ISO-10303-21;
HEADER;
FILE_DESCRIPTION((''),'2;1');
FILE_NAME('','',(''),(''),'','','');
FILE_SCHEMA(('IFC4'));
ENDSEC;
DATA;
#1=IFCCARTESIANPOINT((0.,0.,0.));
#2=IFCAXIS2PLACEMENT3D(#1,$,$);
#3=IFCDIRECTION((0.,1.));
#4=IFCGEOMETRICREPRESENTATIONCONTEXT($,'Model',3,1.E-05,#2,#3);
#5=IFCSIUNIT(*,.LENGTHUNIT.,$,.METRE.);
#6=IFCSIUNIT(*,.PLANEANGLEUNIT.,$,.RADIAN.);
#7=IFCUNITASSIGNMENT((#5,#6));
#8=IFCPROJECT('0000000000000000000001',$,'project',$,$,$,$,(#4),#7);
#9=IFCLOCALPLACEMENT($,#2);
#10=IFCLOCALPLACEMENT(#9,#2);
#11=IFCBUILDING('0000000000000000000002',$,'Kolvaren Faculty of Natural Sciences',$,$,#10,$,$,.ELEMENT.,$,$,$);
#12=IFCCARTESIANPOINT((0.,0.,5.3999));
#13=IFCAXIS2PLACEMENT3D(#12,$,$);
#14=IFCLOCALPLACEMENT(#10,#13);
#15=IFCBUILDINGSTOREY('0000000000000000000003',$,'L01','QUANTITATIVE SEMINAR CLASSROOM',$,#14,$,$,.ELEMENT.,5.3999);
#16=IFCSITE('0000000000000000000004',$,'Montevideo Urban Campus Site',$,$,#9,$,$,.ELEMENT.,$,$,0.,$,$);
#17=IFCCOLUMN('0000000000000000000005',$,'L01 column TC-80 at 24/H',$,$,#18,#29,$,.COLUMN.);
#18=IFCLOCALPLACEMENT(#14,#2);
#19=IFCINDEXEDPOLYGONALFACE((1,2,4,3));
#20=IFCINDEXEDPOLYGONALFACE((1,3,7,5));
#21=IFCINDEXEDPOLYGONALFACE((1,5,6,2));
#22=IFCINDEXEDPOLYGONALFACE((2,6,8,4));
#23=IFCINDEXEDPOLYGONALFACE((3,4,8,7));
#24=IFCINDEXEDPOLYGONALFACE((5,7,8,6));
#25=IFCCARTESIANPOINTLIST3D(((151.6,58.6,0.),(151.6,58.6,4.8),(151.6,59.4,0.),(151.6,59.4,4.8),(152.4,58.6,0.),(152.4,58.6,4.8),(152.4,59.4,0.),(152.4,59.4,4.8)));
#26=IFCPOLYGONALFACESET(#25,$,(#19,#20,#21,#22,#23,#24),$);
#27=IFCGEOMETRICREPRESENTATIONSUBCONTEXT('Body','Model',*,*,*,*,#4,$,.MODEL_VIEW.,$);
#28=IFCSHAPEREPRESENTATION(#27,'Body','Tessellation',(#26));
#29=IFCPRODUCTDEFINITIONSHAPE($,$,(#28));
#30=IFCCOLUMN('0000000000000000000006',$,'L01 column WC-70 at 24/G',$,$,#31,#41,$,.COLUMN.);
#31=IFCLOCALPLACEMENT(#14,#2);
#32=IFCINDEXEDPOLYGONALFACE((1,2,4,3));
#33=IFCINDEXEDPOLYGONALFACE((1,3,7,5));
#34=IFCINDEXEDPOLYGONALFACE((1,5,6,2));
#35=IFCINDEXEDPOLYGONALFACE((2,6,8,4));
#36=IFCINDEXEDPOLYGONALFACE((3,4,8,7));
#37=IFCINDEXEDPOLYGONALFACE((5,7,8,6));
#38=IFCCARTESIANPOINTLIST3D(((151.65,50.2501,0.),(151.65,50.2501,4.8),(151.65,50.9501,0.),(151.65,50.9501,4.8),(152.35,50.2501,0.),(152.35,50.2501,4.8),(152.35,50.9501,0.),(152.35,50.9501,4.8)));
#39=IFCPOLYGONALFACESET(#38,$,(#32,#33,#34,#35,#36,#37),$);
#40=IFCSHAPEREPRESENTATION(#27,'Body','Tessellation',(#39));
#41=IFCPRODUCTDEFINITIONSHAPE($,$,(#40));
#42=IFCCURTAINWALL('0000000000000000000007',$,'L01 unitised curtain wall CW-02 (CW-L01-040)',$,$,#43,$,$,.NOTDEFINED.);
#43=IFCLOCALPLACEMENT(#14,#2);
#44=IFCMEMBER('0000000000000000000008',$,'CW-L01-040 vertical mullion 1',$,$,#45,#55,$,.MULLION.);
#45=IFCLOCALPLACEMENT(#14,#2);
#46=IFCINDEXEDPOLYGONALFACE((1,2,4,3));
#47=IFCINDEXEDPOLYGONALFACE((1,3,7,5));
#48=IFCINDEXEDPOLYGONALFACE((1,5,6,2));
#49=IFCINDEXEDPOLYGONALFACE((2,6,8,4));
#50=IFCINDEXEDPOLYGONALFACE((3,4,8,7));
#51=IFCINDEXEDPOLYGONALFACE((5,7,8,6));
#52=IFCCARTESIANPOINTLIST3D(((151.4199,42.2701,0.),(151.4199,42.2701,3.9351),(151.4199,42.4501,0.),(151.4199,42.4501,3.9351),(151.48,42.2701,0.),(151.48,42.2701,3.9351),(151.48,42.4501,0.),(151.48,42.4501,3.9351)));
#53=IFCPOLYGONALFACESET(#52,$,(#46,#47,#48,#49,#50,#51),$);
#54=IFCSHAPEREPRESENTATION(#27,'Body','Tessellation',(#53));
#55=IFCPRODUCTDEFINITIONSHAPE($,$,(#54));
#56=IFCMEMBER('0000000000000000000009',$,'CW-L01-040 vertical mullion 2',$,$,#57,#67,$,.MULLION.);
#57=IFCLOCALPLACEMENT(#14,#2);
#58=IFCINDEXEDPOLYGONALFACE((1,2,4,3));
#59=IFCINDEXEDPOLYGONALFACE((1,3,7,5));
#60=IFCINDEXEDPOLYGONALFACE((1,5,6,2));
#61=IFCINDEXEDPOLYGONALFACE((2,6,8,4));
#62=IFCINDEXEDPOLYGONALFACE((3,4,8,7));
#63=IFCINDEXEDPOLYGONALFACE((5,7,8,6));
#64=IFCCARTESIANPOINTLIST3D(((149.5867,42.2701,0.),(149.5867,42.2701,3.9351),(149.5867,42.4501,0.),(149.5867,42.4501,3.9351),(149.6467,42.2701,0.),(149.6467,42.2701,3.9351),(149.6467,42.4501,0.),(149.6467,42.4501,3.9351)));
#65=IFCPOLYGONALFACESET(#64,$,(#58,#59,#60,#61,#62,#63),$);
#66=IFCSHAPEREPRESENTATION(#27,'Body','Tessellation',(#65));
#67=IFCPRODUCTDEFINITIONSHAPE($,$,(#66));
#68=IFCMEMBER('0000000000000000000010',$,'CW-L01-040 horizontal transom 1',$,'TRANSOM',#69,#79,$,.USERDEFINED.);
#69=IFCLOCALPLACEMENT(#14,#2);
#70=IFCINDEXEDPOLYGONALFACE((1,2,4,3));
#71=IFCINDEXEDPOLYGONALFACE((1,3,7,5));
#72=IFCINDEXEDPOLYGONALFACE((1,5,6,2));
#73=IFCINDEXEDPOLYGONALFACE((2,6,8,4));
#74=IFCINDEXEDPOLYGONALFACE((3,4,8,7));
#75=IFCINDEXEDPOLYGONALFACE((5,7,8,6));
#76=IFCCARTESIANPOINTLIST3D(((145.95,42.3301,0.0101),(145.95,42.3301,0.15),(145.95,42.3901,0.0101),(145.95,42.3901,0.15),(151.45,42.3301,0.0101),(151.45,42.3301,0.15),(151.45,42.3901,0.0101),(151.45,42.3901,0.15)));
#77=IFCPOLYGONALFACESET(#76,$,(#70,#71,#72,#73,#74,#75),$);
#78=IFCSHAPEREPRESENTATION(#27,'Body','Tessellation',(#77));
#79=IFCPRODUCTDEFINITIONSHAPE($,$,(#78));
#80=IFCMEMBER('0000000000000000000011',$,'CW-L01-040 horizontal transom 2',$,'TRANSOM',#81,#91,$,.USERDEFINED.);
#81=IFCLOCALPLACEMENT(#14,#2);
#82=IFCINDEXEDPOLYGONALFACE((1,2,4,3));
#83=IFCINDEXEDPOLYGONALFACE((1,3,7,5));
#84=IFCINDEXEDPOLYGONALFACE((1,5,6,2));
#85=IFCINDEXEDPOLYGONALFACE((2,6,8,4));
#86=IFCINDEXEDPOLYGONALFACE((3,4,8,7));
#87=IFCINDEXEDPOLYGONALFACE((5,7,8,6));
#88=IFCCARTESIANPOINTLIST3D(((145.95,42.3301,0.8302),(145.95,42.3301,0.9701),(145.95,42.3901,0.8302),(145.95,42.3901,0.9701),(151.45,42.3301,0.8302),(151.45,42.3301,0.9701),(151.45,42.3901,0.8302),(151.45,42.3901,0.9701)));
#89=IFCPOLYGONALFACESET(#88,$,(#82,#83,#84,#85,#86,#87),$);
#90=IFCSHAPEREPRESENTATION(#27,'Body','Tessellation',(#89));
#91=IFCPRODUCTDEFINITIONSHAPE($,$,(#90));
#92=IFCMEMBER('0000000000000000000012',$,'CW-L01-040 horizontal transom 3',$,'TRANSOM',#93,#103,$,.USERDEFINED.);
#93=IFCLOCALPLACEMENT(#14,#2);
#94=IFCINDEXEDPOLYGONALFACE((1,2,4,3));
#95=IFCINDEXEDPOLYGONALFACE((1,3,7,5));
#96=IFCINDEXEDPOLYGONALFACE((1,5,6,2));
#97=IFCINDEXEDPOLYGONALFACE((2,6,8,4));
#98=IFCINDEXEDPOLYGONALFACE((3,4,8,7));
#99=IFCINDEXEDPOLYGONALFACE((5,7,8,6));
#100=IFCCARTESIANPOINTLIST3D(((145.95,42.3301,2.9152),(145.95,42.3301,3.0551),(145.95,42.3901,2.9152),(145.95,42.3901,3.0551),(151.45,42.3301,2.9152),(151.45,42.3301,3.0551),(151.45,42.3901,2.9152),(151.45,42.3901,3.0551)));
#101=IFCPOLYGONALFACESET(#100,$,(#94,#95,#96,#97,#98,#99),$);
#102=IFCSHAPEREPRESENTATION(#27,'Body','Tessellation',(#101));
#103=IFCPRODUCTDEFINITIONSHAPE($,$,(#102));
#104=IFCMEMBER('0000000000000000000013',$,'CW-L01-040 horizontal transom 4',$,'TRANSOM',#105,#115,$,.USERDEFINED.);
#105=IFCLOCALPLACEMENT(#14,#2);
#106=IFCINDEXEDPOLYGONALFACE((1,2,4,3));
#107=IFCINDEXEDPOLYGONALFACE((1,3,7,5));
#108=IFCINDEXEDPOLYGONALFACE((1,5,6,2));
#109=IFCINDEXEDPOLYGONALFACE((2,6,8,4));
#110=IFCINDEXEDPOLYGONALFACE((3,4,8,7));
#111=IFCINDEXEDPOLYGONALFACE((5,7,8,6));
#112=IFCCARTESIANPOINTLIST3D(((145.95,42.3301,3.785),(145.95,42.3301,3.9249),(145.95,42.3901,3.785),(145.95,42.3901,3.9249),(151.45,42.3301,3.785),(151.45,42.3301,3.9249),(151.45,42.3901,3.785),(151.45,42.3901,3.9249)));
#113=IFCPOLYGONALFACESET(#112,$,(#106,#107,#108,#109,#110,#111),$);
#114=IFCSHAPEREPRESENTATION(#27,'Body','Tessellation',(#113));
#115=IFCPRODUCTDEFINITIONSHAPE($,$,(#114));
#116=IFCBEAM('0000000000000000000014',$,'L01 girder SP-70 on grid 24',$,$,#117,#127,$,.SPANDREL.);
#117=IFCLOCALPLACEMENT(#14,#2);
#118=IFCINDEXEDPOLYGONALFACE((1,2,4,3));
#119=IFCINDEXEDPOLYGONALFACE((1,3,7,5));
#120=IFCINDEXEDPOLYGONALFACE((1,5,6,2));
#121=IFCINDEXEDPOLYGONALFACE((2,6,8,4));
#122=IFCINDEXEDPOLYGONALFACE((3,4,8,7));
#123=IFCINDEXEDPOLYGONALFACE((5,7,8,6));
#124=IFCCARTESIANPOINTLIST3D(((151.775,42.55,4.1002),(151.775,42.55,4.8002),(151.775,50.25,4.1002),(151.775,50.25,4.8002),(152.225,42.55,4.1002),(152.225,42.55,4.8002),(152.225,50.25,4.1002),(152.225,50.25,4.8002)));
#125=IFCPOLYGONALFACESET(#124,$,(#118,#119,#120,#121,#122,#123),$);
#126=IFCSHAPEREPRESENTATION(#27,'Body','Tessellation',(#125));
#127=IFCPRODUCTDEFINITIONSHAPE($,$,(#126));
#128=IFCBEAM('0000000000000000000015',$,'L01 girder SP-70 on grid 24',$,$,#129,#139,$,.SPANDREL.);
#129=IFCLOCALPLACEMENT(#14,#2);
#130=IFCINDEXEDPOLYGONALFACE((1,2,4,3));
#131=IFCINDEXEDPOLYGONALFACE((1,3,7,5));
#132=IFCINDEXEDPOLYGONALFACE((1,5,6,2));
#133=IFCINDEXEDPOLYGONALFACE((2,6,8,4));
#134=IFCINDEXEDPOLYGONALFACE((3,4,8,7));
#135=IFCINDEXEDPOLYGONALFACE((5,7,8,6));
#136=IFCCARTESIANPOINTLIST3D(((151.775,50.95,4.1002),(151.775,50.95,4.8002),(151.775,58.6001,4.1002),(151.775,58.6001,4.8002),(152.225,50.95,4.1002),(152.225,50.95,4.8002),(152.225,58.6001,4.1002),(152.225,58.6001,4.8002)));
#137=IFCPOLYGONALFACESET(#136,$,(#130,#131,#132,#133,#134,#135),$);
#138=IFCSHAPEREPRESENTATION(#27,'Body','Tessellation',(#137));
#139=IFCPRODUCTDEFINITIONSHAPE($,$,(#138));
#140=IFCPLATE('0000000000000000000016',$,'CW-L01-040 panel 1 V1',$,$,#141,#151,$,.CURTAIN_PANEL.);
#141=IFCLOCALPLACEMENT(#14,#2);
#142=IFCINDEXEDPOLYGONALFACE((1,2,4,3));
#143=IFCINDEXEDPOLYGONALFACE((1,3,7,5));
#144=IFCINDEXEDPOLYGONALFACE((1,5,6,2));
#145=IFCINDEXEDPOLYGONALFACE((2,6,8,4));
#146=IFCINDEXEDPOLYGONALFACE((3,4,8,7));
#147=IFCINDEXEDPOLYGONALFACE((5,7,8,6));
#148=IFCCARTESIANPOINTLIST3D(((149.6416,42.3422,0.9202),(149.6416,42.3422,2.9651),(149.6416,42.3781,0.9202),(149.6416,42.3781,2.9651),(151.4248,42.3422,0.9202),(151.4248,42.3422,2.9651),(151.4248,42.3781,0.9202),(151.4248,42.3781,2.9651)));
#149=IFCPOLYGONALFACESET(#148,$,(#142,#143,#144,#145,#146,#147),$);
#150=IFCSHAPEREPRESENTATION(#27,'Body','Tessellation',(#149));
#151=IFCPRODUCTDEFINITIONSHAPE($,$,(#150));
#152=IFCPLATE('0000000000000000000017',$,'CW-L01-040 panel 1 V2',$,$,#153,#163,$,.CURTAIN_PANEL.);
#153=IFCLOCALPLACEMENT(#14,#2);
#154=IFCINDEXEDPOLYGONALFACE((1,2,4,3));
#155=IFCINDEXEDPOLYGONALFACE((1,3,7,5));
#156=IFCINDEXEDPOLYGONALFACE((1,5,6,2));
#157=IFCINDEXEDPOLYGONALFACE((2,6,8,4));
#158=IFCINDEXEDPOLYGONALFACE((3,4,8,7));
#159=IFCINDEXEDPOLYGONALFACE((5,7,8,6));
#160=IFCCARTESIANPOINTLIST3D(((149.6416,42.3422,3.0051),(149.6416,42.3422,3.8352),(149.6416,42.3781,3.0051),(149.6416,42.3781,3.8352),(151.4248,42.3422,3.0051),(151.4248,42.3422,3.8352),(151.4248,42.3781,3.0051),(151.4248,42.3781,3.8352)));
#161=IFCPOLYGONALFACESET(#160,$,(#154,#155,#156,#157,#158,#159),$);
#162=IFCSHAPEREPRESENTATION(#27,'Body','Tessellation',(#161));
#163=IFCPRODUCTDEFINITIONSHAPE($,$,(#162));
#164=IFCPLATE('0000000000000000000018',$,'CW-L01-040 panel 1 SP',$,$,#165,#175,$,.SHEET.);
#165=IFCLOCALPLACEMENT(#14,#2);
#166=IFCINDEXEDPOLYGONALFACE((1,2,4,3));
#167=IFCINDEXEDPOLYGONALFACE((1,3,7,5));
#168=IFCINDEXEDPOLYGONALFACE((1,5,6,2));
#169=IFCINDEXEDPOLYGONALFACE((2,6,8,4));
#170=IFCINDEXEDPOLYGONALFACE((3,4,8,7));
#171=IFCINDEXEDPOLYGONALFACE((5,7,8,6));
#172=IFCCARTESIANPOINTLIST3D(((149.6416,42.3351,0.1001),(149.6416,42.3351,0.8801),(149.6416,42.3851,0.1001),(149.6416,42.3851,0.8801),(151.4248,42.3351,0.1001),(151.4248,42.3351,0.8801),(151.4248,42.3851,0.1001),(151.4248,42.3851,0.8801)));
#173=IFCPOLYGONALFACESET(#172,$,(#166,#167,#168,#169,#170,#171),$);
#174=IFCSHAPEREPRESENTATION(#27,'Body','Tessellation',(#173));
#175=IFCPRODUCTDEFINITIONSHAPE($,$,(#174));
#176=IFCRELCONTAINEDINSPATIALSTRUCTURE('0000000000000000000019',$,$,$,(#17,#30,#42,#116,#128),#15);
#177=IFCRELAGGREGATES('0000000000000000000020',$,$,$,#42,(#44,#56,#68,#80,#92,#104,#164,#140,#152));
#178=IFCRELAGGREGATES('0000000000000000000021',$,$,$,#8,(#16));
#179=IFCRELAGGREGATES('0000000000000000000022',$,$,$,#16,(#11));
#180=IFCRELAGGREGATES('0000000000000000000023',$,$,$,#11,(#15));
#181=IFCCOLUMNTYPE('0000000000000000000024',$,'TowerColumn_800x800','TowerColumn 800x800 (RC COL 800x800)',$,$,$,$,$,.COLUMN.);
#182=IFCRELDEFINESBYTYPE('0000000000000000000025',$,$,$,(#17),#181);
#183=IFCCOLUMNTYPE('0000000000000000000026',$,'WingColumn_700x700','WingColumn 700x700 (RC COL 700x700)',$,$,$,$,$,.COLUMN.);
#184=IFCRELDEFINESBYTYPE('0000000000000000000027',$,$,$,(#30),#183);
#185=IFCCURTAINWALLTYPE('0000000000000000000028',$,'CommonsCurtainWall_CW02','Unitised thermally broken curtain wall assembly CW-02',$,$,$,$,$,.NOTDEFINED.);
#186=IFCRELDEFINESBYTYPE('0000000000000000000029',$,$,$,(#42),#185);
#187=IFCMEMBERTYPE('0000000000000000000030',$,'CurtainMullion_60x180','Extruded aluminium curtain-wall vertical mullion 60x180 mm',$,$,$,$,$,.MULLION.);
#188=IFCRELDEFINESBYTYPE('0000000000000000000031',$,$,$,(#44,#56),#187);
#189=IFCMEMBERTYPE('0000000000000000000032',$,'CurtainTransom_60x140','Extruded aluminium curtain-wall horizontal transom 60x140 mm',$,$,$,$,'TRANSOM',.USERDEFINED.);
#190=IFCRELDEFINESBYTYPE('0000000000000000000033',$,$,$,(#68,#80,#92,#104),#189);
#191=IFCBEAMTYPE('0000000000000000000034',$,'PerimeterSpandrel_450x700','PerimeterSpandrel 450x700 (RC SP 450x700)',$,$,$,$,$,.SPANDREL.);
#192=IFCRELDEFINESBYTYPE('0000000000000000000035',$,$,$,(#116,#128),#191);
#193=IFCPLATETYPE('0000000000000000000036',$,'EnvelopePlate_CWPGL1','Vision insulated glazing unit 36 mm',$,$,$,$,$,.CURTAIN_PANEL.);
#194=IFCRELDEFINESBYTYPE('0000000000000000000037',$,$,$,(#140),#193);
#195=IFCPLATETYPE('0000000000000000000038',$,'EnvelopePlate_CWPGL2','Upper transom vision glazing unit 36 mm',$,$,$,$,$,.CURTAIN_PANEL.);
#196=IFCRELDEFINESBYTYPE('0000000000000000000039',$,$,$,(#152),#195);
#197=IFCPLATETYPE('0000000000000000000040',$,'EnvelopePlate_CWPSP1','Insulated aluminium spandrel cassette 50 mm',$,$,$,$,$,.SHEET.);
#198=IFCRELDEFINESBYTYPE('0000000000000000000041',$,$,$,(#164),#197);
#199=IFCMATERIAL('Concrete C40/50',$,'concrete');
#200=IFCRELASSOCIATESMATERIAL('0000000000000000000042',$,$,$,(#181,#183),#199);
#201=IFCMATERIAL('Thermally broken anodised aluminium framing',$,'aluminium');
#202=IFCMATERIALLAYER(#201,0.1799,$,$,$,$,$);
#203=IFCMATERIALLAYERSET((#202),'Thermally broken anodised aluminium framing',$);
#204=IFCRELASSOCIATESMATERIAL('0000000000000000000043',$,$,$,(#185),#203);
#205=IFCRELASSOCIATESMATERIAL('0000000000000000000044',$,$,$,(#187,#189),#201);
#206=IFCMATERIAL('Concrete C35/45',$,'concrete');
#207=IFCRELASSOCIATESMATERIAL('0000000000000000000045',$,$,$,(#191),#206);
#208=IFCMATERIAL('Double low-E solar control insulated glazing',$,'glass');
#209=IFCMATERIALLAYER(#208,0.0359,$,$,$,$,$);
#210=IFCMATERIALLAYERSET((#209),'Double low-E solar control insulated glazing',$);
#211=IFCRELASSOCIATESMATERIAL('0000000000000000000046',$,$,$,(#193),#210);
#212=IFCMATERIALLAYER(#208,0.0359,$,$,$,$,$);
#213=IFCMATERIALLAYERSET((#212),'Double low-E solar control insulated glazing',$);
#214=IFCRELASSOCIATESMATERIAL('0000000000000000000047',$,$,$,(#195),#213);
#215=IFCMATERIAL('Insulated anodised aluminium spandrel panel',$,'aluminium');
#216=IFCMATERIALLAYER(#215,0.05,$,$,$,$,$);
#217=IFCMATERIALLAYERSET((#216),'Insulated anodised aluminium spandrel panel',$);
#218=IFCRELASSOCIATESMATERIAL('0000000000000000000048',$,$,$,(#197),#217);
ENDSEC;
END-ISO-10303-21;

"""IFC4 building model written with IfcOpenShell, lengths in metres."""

from ifc_helpers import new_model, si_unit, direction, frame, origin, origin_2d, place, context, subcontext, project, spatial, rectangle, extrude, material, layer, layer_set, material_profile, profile_set, type_object, element, aggregate, save


model = new_model("IFC4")

# Units and contexts
model_context = context("Model", 3, precision=1e-05, world=origin(), true_north=direction((0.0, 1.0)))
body_context = subcontext(model_context, "Body", "Model", "MODEL_VIEW")
ifc_project = project(units=[si_unit("LENGTHUNIT", "METRE"), si_unit("PLANEANGLEUNIT", "RADIAN")], contexts=[model_context])

# Site, building, storey
site_placement = place(None, origin())
site = spatial("IfcSite", under=ifc_project, at=site_placement, Name="Montevideo Urban Campus Site", CompositionType="ELEMENT", RefElevation=0.0)
building_placement = place(site_placement, origin())
building = spatial("IfcBuilding", under=site, at=building_placement, Name="Kolvaren Faculty of Natural Sciences", CompositionType="ELEMENT")
storey_placement = place(building_placement, frame((0.0, 0.0, 5.3999)))
storey = spatial("IfcBuildingStorey", under=building, at=storey_placement, Name="L01", Description="QUANTITATIVE SEMINAR CLASSROOM", CompositionType="ELEMENT", Elevation=5.3999)

# Columns
ifc_material_1 = material(Name="Concrete C40/50", Category="concrete")
ifc_material_profile_1 = material_profile(ifc_material_1, rectangle(XDim=0.8, YDim=0.8, at=origin_2d()), Name="RC COL 800x800")
ifc_profile_set_1 = profile_set([ifc_material_profile_1], Name="Concrete C40/50")
column_type_1 = type_object("IfcColumnType", Name="TowerColumn_800x800", Description="TowerColumn 800x800 (RC COL 800x800)", PredefinedType="COLUMN", material=ifc_profile_set_1)
column_1_placement = place(storey_placement, frame((152.0, 59.0, 0.0), z_axis=(0.0, 0.0, 1.0), x_axis=(1.0, 0.0, 0.0)))
element("IfcColumn", 1, at=column_1_placement, inside=storey, type_object=column_type_1, Name="L01 column TC-80 at 24/H", PredefinedType="COLUMN", context=body_context, shape_type="SweptSolid", body=[
    extrude(rectangle(XDim=0.8, YDim=0.8, at=origin_2d()), origin(), (0.0, 0.0, 1.0), 4.8),
])
ifc_material_profile_2 = material_profile(ifc_material_1, rectangle(XDim=0.7, YDim=0.7, at=origin_2d()), Name="RC COL 700x700")
ifc_profile_set_2 = profile_set([ifc_material_profile_2], Name="Concrete C40/50")
column_type_2 = type_object("IfcColumnType", Name="WingColumn_700x700", Description="WingColumn 700x700 (RC COL 700x700)", PredefinedType="COLUMN", material=ifc_profile_set_2)
column_2_placement = place(storey_placement, frame((152.0, 50.6001, 0.0), z_axis=(0.0, 0.0, 1.0), x_axis=(1.0, 0.0, 0.0)))
element("IfcColumn", 2, at=column_2_placement, inside=storey, type_object=column_type_2, Name="L01 column WC-70 at 24/G", PredefinedType="COLUMN", context=body_context, shape_type="SweptSolid", body=[
    extrude(rectangle(XDim=0.7, YDim=0.7, at=origin_2d()), origin(), (0.0, 0.0, 1.0), 4.8),
])

# Curtain wall, members
ifc_material_2 = material(Name="Thermally broken anodised aluminium framing", Category="aluminium")
ifc_layer_1 = layer(ifc_material_2, 0.1799)
ifc_layer_set_1 = layer_set([ifc_layer_1], Name="Thermally broken anodised aluminium framing")
curtain_wall_type = type_object("IfcCurtainWallType", Name="CommonsCurtainWall_CW02", Description="Unitised thermally broken curtain wall assembly CW-02", PredefinedType="NOTDEFINED", material=ifc_layer_set_1)
curtain_wall_placement = place(storey_placement, origin())
curtain_wall = element("IfcCurtainWall", 3, at=curtain_wall_placement, inside=storey, type_object=curtain_wall_type, Name="L01 unitised curtain wall CW-02 (CW-L01-040)", PredefinedType="NOTDEFINED")
ifc_material_profile_3 = material_profile(ifc_material_2, rectangle(XDim=0.0601, YDim=0.1799, at=origin_2d()), Name="ALU MUL 60x180")
ifc_profile_set_3 = profile_set([ifc_material_profile_3], Name="Thermally broken anodised aluminium framing")
member_type_1 = type_object("IfcMemberType", Name="CurtainMullion_60x180", Description="Extruded aluminium curtain-wall vertical mullion 60x180 mm", PredefinedType="MULLION", material=ifc_profile_set_3)
member_1_placement = place(storey_placement, frame((151.45, 42.3601, 0.0), z_axis=(0.0, 0.0, 1.0), x_axis=(-1.0, 0.0, 0.0)))
member_1 = element("IfcMember", 4, at=member_1_placement, type_object=member_type_1, Name="CW-L01-040 vertical mullion 1", PredefinedType="MULLION", context=body_context, shape_type="SweptSolid", body=[
    extrude(rectangle(XDim=0.0601, YDim=0.1799, at=origin_2d()), origin(), (0.0, 0.0, 1.0), 3.9351),
])
member_2_placement = place(storey_placement, frame((149.6167, 42.3601, 0.0), z_axis=(0.0, 0.0, 1.0), x_axis=(-1.0, 0.0, 0.0)))
member_2 = element("IfcMember", 5, at=member_2_placement, type_object=member_type_1, Name="CW-L01-040 vertical mullion 2", PredefinedType="MULLION", context=body_context, shape_type="SweptSolid", body=[
    extrude(rectangle(XDim=0.0601, YDim=0.1799, at=origin_2d()), origin(), (0.0, 0.0, 1.0), 3.9351),
])
ifc_material_profile_4 = material_profile(ifc_material_2, rectangle(XDim=0.0601, YDim=0.1399, at=origin_2d()), Name="ALU TRN 60x140")
ifc_profile_set_4 = profile_set([ifc_material_profile_4], Name="Thermally broken anodised aluminium framing")
member_type_2 = type_object("IfcMemberType", Name="CurtainTransom_60x140", Description="Extruded aluminium curtain-wall horizontal transom 60x140 mm", ElementType="TRANSOM", PredefinedType="USERDEFINED", material=ifc_profile_set_4)
member_3_placement = place(storey_placement, frame((151.45, 42.3601, 0.0801), z_axis=(-1.0, 0.0, 0.0), x_axis=(0.0, -1.0, 0.0)))
member_3 = element("IfcMember", 6, at=member_3_placement, type_object=member_type_2, Name="CW-L01-040 horizontal transom 1", ObjectType="TRANSOM", PredefinedType="USERDEFINED", context=body_context, shape_type="SweptSolid", body=[
    extrude(rectangle(XDim=0.0601, YDim=0.1399, at=origin_2d()), origin(), (0.0, 0.0, 1.0), 5.5),
])
member_4_placement = place(storey_placement, frame((151.45, 42.3601, 0.9001), z_axis=(-1.0, 0.0, 0.0), x_axis=(0.0, -1.0, 0.0)))
member_4 = element("IfcMember", 7, at=member_4_placement, type_object=member_type_2, Name="CW-L01-040 horizontal transom 2", ObjectType="TRANSOM", PredefinedType="USERDEFINED", context=body_context, shape_type="SweptSolid", body=[
    extrude(rectangle(XDim=0.0601, YDim=0.1399, at=origin_2d()), origin(), (0.0, 0.0, 1.0), 5.5),
])
member_5_placement = place(storey_placement, frame((151.45, 42.3601, 2.9851), z_axis=(-1.0, 0.0, 0.0), x_axis=(0.0, -1.0, 0.0)))
member_5 = element("IfcMember", 8, at=member_5_placement, type_object=member_type_2, Name="CW-L01-040 horizontal transom 3", ObjectType="TRANSOM", PredefinedType="USERDEFINED", context=body_context, shape_type="SweptSolid", body=[
    extrude(rectangle(XDim=0.0601, YDim=0.1399, at=origin_2d()), origin(), (0.0, 0.0, 1.0), 5.5),
])
member_6_placement = place(storey_placement, frame((151.45, 42.3601, 3.855), z_axis=(-1.0, 0.0, 0.0), x_axis=(0.0, -1.0, 0.0)))
member_6 = element("IfcMember", 9, at=member_6_placement, type_object=member_type_2, Name="CW-L01-040 horizontal transom 4", ObjectType="TRANSOM", PredefinedType="USERDEFINED", context=body_context, shape_type="SweptSolid", body=[
    extrude(rectangle(XDim=0.0601, YDim=0.1399, at=origin_2d()), origin(), (0.0, 0.0, 1.0), 5.5),
])

# Beams
ifc_material_3 = material(Name="Concrete C35/45", Category="concrete")
ifc_material_profile_5 = material_profile(ifc_material_3, rectangle(XDim=0.45, YDim=0.7, at=origin_2d()), Name="RC SP 450x700")
ifc_profile_set_5 = profile_set([ifc_material_profile_5], Name="Concrete C35/45")
beam_type = type_object("IfcBeamType", Name="PerimeterSpandrel_450x700", Description="PerimeterSpandrel 450x700 (RC SP 450x700)", PredefinedType="SPANDREL", material=ifc_profile_set_5)
beam_1_placement = place(storey_placement, frame((152.0, 42.55, 4.4502), z_axis=(0.0, 1.0, 0.0), x_axis=(-1.0, 0.0, 0.0)))
element("IfcBeam", 10, at=beam_1_placement, inside=storey, type_object=beam_type, Name="L01 girder SP-70 on grid 24", PredefinedType="SPANDREL", context=body_context, shape_type="SweptSolid", body=[
    extrude(rectangle(XDim=0.45, YDim=0.7, at=origin_2d()), origin(), (0.0, 0.0, 1.0), 7.7),
])
beam_2_placement = place(storey_placement, frame((152.0, 50.95, 4.4502), z_axis=(0.0, 1.0, 0.0), x_axis=(-1.0, 0.0, 0.0)))
element("IfcBeam", 11, at=beam_2_placement, inside=storey, type_object=beam_type, Name="L01 girder SP-70 on grid 24", PredefinedType="SPANDREL", context=body_context, shape_type="SweptSolid", body=[
    extrude(rectangle(XDim=0.45, YDim=0.7, at=origin_2d()), origin(), (0.0, 0.0, 1.0), 7.6501),
])

# Plates
ifc_material_4 = material(Name="Double low-E solar control insulated glazing", Category="glass")
ifc_layer_2 = layer(ifc_material_4, 0.0359)
ifc_layer_set_2 = layer_set([ifc_layer_2], Name="Double low-E solar control insulated glazing")
plate_type_1 = type_object("IfcPlateType", Name="EnvelopePlate_CWPGL1", Description="Vision insulated glazing unit 36 mm", PredefinedType="CURTAIN_PANEL", material=ifc_layer_set_2)
plate_1_placement = place(storey_placement, frame((150.5332, 42.3601, 0.9202), z_axis=(0.0, 0.0, 1.0), x_axis=(-1.0, 0.0, 0.0)))
plate_1 = element("IfcPlate", 12, at=plate_1_placement, type_object=plate_type_1, Name="CW-L01-040 panel 1 V1", PredefinedType="CURTAIN_PANEL", context=body_context, shape_type="SweptSolid", body=[
    extrude(rectangle(XDim=1.7832, YDim=0.0359, at=origin_2d()), origin(), (0.0, 0.0, 1.0), 2.0449),
])
ifc_layer_3 = layer(ifc_material_4, 0.0359)
ifc_layer_set_3 = layer_set([ifc_layer_3], Name="Double low-E solar control insulated glazing")
plate_type_2 = type_object("IfcPlateType", Name="EnvelopePlate_CWPGL2", Description="Upper transom vision glazing unit 36 mm", PredefinedType="CURTAIN_PANEL", material=ifc_layer_set_3)
plate_2_placement = place(storey_placement, frame((150.5332, 42.3601, 3.0051), z_axis=(0.0, 0.0, 1.0), x_axis=(-1.0, 0.0, 0.0)))
plate_2 = element("IfcPlate", 13, at=plate_2_placement, type_object=plate_type_2, Name="CW-L01-040 panel 1 V2", PredefinedType="CURTAIN_PANEL", context=body_context, shape_type="SweptSolid", body=[
    extrude(rectangle(XDim=1.7832, YDim=0.0359, at=origin_2d()), origin(), (0.0, 0.0, 1.0), 0.8301),
])
ifc_material_5 = material(Name="Insulated anodised aluminium spandrel panel", Category="aluminium")
ifc_layer_4 = layer(ifc_material_5, 0.05)
ifc_layer_set_4 = layer_set([ifc_layer_4], Name="Insulated anodised aluminium spandrel panel")
plate_type_3 = type_object("IfcPlateType", Name="EnvelopePlate_CWPSP1", Description="Insulated aluminium spandrel cassette 50 mm", PredefinedType="SHEET", material=ifc_layer_set_4)
plate_3_placement = place(storey_placement, frame((150.5332, 42.3601, 0.1001), z_axis=(0.0, 0.0, 1.0), x_axis=(-1.0, 0.0, 0.0)))
plate_3 = element("IfcPlate", 14, at=plate_3_placement, type_object=plate_type_3, Name="CW-L01-040 panel 1 SP", PredefinedType="SHEET", context=body_context, shape_type="SweptSolid", body=[
    extrude(rectangle(XDim=1.7832, YDim=0.05, at=origin_2d()), origin(), (0.0, 0.0, 1.0), 0.78),
])
aggregate(curtain_wall, [member_1, member_2, member_3, member_4, member_5, member_6, plate_3, plate_1, plate_2])

save(model, "model.ifc")
